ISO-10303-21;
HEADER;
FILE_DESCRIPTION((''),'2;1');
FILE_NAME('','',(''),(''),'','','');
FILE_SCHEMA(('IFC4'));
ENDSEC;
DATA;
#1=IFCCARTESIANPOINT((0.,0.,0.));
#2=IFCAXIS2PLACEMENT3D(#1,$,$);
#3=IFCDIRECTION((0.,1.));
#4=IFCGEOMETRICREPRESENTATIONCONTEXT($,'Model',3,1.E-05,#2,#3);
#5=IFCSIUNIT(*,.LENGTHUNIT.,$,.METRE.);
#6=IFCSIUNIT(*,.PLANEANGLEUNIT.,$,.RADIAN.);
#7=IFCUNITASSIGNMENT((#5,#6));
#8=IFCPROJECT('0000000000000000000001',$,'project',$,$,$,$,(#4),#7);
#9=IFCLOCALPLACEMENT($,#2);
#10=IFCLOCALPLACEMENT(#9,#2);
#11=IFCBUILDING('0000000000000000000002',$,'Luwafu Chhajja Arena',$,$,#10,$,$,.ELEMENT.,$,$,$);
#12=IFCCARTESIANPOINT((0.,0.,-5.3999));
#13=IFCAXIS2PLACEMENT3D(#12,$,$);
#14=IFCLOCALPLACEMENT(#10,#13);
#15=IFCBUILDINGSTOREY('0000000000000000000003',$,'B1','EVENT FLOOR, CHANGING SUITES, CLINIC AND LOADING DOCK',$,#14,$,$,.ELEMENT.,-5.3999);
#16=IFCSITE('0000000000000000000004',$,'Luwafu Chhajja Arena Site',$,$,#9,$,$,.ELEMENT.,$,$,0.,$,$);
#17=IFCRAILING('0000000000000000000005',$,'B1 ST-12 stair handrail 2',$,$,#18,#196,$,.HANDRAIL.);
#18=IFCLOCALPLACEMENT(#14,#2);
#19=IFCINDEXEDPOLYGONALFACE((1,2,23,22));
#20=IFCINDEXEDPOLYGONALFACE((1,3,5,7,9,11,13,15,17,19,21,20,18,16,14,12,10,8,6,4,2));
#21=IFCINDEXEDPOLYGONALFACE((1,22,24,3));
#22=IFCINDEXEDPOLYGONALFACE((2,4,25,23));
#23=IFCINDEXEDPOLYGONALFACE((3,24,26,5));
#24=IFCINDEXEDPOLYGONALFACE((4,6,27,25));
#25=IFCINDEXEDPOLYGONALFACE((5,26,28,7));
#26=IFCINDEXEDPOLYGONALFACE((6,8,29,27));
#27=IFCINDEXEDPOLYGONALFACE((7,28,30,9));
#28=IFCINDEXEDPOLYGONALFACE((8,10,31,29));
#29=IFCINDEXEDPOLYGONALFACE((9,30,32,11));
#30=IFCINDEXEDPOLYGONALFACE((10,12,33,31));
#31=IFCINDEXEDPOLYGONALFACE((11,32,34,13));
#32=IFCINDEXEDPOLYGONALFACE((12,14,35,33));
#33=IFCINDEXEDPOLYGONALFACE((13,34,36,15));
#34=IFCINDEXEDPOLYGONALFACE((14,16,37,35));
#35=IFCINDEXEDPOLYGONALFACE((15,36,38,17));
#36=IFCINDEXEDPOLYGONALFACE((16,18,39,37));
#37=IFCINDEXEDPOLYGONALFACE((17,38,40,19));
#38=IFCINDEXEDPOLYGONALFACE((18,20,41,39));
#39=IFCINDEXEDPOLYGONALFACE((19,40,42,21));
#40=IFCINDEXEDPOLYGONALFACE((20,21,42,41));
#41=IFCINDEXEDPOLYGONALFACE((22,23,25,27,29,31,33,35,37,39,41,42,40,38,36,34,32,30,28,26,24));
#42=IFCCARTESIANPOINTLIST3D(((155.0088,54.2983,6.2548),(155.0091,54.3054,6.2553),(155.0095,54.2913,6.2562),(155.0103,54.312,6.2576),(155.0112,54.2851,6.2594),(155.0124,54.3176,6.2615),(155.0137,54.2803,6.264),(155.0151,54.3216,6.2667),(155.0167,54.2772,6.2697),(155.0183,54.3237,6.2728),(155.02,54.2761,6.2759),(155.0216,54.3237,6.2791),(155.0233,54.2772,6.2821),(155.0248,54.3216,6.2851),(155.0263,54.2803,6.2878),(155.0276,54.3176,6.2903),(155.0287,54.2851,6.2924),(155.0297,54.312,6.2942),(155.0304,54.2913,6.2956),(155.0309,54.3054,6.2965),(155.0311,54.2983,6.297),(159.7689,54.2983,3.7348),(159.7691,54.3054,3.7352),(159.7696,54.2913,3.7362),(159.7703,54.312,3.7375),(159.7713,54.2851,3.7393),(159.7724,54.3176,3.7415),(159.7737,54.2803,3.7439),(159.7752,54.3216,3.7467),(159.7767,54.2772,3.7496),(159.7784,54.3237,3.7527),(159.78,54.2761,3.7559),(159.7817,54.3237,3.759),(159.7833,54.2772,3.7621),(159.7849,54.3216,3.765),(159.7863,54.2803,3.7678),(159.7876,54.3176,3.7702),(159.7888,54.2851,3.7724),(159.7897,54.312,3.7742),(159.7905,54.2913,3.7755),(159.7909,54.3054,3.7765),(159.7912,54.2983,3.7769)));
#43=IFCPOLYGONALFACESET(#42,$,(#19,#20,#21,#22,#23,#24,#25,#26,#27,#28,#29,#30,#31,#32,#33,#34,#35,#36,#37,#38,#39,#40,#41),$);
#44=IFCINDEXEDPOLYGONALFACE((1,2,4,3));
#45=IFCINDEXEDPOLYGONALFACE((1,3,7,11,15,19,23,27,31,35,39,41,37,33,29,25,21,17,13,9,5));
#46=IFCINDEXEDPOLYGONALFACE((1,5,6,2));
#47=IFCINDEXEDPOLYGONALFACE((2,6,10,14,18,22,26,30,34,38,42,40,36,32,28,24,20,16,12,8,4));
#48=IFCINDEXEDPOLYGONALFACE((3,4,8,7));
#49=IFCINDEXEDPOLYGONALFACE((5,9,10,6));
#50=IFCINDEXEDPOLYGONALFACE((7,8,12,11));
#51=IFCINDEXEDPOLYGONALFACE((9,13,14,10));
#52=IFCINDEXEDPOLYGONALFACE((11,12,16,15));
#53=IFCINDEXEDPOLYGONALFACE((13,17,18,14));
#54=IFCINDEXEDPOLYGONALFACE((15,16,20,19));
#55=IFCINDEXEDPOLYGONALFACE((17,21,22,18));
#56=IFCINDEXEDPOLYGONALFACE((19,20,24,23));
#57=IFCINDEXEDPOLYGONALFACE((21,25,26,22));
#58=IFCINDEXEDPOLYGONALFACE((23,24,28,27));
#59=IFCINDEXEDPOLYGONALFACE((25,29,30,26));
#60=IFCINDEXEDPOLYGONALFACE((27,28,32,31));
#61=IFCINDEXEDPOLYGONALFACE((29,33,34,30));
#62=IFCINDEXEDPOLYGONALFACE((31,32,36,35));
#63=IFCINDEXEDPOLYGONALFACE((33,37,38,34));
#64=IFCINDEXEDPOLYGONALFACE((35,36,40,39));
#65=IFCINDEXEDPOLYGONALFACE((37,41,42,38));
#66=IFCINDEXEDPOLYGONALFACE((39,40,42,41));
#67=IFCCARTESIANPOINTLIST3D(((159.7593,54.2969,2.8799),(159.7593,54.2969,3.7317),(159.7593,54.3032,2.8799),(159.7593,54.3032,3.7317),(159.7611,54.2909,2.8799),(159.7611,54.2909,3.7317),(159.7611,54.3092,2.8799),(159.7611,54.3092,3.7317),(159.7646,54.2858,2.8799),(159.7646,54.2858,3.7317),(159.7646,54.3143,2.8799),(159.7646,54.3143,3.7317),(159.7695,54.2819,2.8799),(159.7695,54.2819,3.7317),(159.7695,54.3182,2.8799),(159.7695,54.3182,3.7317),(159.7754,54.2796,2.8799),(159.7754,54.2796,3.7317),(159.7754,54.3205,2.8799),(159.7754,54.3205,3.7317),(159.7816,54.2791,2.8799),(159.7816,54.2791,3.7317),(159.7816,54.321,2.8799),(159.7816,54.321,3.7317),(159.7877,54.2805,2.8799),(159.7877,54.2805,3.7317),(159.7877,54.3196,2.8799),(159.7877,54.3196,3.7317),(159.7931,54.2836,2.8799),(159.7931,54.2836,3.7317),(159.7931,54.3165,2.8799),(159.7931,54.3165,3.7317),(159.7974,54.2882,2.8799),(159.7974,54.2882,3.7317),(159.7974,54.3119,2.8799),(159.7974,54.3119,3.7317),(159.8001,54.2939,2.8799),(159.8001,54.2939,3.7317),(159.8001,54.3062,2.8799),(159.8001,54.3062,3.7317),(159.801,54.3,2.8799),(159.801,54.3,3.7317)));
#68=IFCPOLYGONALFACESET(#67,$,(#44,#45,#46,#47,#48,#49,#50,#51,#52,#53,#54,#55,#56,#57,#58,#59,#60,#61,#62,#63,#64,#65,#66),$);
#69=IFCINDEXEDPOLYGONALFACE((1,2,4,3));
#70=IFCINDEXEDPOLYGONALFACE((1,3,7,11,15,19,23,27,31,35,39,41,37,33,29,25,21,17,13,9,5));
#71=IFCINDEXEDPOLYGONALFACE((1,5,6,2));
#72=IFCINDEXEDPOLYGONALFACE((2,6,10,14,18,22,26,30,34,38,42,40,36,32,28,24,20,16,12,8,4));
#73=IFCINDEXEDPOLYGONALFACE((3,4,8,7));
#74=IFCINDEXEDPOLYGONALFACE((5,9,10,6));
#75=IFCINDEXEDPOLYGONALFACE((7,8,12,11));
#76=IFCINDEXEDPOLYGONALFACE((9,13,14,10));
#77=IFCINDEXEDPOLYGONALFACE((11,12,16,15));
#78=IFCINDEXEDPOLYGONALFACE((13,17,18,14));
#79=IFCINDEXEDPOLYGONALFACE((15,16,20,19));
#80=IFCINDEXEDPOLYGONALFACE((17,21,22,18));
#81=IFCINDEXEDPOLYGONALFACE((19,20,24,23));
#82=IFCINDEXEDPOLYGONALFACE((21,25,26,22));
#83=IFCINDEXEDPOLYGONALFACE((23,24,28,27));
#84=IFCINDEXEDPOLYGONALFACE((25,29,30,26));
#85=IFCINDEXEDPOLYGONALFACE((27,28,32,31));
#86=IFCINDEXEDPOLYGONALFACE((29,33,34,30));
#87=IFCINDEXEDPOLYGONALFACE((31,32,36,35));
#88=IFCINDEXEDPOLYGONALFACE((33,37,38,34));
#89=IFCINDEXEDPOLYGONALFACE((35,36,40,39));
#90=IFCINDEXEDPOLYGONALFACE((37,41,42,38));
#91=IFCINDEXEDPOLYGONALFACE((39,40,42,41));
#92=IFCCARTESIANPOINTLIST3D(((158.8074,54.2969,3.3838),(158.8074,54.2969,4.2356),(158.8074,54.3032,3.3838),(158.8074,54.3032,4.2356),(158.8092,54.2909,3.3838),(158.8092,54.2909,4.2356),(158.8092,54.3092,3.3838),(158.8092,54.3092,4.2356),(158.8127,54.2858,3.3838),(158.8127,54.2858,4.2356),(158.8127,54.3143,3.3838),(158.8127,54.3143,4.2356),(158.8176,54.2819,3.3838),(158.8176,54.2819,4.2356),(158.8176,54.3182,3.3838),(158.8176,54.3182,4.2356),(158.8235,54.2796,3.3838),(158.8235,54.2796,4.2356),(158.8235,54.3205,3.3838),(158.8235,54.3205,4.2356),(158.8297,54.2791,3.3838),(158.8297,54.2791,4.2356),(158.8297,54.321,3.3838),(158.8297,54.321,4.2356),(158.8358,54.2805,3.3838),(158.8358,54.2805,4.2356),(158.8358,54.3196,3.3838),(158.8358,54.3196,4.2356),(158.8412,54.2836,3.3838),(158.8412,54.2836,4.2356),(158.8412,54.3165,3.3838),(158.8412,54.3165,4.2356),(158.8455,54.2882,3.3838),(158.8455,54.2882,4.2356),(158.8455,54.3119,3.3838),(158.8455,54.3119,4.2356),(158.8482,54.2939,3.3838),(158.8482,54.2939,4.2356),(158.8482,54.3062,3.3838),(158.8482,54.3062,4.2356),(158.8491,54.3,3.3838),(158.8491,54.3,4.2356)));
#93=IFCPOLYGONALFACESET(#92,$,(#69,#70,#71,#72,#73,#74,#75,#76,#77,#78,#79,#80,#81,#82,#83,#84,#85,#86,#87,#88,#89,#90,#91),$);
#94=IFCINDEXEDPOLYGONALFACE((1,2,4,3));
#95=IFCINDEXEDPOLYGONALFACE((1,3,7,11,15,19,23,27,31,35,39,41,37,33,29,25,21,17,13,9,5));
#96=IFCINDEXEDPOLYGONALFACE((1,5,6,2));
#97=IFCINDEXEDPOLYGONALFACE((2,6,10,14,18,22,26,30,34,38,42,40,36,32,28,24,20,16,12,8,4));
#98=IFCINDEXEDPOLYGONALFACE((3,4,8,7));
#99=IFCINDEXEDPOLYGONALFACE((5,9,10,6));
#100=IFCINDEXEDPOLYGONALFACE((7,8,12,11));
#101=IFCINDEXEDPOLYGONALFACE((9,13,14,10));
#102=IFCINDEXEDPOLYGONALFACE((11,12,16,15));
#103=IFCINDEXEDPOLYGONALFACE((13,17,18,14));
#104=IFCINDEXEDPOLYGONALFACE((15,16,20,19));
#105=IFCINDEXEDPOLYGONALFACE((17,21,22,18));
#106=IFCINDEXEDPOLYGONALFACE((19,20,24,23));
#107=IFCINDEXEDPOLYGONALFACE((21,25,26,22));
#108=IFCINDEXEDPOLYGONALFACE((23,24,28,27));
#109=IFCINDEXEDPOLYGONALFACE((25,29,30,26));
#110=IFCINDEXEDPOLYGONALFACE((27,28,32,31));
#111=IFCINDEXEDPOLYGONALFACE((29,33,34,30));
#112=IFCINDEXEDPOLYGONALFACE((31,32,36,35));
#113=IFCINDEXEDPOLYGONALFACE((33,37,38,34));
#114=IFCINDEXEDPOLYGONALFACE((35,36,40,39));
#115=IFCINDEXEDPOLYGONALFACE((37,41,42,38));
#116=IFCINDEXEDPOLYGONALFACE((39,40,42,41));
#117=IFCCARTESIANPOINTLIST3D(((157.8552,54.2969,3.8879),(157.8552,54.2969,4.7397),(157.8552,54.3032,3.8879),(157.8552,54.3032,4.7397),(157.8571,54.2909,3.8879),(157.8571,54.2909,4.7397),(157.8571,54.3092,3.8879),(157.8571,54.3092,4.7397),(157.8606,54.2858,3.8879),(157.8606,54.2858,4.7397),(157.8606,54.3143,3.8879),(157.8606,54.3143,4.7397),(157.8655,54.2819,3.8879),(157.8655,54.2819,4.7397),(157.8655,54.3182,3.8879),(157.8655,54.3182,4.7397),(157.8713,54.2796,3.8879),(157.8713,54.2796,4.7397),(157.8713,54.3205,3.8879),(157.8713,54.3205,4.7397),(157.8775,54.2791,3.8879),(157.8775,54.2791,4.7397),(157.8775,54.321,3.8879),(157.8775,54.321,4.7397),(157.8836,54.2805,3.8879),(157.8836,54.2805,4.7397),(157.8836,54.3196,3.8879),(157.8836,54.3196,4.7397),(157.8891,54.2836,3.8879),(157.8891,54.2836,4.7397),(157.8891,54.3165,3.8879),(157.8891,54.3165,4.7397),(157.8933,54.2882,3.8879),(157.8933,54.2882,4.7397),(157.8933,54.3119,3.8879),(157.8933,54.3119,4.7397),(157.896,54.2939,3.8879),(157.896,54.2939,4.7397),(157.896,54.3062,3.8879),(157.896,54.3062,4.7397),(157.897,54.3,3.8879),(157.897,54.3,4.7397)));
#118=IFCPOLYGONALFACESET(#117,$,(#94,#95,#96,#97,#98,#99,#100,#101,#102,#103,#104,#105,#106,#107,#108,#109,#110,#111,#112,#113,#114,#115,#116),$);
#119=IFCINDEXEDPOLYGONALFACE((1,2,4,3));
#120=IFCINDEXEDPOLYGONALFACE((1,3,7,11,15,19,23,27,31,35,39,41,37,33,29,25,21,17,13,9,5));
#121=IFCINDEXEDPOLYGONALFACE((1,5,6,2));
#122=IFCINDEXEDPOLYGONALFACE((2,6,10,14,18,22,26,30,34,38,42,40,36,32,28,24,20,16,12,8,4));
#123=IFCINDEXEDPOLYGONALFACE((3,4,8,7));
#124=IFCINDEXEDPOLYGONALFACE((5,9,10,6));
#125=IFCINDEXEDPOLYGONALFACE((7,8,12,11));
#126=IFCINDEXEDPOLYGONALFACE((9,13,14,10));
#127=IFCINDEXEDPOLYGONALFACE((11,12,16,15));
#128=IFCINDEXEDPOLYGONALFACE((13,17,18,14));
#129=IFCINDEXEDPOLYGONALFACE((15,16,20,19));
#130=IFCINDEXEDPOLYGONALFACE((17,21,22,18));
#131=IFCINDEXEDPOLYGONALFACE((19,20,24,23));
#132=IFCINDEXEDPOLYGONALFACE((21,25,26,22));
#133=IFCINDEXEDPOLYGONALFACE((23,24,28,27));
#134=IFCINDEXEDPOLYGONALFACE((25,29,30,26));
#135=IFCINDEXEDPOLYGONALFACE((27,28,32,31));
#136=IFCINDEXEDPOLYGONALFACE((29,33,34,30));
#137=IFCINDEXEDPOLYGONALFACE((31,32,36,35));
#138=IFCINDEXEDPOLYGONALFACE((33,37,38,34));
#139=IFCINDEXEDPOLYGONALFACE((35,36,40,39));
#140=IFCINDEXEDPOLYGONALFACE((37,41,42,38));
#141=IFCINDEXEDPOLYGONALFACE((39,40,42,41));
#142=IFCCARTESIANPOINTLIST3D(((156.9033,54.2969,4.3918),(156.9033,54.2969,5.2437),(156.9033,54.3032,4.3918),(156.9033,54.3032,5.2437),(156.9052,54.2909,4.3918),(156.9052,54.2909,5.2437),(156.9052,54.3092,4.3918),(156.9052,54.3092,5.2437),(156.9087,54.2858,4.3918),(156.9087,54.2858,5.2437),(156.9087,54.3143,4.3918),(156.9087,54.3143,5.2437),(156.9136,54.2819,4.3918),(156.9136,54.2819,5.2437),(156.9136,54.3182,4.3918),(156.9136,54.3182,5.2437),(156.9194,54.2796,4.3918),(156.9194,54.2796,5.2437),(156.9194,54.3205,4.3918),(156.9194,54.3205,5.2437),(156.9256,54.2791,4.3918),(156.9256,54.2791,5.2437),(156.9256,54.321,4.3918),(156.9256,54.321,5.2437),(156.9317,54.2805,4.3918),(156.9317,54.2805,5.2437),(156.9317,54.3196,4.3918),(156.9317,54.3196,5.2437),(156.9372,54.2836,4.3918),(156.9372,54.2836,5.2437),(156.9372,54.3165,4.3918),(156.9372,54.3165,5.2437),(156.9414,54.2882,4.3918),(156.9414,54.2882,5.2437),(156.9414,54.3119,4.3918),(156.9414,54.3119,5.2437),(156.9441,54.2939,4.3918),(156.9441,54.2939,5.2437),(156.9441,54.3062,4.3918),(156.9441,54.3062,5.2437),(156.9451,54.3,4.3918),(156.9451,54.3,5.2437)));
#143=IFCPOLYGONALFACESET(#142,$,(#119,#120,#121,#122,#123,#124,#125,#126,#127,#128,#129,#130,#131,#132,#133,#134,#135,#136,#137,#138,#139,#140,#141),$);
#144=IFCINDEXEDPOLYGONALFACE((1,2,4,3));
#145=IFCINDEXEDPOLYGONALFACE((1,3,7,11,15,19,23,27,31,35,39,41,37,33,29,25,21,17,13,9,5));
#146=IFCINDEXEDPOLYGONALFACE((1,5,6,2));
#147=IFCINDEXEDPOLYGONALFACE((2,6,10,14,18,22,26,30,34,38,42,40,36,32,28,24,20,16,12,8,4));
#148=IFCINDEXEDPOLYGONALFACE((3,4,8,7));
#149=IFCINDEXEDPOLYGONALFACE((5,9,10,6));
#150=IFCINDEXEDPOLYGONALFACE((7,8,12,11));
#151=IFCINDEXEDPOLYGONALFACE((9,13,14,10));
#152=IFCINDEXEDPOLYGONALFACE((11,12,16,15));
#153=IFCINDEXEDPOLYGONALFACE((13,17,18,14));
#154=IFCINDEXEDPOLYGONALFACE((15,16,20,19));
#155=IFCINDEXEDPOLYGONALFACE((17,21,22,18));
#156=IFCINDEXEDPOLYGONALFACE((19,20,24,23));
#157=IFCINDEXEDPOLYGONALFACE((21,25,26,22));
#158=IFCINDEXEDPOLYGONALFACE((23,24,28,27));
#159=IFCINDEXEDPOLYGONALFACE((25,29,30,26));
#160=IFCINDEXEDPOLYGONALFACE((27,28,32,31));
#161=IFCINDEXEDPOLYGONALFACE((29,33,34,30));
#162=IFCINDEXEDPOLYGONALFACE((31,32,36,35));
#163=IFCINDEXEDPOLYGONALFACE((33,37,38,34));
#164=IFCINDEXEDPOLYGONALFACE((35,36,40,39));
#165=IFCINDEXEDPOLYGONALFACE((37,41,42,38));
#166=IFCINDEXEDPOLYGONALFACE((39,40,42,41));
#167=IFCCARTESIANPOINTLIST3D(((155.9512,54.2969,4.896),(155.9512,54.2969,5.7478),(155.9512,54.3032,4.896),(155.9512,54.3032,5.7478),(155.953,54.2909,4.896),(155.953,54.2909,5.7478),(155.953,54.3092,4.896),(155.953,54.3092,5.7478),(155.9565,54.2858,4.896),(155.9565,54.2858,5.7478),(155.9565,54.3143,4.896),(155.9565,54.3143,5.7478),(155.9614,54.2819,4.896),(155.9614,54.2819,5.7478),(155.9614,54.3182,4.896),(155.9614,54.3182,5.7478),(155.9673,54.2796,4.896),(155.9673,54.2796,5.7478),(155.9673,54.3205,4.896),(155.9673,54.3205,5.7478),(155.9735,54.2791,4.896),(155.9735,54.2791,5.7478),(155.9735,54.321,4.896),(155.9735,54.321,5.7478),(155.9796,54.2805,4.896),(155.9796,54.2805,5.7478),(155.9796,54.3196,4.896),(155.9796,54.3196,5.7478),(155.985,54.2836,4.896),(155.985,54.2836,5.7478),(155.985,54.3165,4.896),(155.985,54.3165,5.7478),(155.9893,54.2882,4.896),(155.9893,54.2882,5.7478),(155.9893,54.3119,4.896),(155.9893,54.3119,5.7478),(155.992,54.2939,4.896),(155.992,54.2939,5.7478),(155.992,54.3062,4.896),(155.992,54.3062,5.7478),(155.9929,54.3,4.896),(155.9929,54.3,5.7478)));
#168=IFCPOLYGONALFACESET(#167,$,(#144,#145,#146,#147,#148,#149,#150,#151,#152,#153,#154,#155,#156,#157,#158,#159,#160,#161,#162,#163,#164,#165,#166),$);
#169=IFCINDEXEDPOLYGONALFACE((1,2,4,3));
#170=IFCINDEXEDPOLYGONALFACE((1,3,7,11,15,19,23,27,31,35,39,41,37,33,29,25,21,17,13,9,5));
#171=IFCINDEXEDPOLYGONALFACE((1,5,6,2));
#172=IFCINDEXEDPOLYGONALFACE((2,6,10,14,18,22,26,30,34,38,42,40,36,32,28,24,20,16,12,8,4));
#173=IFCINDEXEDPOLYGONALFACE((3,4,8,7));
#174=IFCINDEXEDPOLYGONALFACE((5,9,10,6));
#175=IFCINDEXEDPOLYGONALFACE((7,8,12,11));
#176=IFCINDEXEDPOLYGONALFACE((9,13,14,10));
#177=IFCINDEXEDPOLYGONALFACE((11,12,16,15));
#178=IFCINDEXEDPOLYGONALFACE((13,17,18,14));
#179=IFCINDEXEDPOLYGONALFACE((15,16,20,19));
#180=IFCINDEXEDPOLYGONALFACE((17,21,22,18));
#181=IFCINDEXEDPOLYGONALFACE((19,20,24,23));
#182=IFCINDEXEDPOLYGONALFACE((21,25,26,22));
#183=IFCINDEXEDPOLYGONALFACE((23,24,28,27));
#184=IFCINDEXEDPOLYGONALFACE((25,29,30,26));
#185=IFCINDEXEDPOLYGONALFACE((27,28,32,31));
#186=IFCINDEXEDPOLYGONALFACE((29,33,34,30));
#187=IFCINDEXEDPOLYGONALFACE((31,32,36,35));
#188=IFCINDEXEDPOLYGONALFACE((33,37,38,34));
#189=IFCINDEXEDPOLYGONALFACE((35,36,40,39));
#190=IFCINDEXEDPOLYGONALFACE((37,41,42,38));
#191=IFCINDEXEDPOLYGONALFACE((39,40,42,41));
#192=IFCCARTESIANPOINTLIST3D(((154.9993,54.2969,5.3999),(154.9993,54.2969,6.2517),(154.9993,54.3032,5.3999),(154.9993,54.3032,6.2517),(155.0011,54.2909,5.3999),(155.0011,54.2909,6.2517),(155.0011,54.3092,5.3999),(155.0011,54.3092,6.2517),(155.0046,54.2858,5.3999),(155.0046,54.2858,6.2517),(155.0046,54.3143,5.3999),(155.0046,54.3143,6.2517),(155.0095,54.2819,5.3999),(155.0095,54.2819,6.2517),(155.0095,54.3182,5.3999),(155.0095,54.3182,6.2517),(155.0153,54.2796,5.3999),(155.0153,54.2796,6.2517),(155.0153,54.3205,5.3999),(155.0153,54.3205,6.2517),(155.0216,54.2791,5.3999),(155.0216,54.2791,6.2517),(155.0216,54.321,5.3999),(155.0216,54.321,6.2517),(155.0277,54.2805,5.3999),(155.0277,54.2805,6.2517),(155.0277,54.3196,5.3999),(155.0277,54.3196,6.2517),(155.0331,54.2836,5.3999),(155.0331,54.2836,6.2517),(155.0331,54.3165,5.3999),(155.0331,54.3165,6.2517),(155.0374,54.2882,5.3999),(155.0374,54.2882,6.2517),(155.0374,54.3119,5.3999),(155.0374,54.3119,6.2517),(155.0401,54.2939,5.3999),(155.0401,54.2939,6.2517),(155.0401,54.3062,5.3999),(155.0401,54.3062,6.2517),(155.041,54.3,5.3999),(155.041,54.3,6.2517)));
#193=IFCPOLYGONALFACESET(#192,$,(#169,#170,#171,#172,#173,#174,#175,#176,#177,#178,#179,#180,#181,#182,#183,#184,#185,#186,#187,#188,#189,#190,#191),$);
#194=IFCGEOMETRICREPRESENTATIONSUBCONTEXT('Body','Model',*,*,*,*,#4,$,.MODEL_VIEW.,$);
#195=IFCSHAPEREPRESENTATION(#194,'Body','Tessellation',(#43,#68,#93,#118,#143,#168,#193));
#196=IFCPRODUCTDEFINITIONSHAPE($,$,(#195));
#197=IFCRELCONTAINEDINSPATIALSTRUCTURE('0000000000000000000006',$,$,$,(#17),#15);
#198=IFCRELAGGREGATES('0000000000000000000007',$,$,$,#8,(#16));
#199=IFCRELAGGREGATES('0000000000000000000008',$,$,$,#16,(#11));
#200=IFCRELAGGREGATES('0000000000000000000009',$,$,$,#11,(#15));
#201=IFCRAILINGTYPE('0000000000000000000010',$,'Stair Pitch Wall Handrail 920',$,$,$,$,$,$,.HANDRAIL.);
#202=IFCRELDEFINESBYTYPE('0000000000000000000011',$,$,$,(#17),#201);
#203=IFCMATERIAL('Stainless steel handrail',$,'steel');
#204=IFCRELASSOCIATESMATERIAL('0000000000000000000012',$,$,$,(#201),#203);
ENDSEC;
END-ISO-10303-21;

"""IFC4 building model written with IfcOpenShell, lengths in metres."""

from ifc_helpers import new_model, si_unit, direction, frame, origin, origin_2d, place, context, subcontext, project, spatial, circle, extrude, material, type_object, element, save


model = new_model("IFC4")

# Units and contexts
model_context = context("Model", 3, precision=1e-05, world=origin(), true_north=direction((0.0, 1.0)))
body_context = subcontext(model_context, "Body", "Model", "MODEL_VIEW")
ifc_project = project(units=[si_unit("LENGTHUNIT", "METRE"), si_unit("PLANEANGLEUNIT", "RADIAN")], contexts=[model_context])

# Site, building, storey
site_placement = place(None, origin())
site = spatial("IfcSite", under=ifc_project, at=site_placement, Name="Luwafu Chhajja Arena Site", CompositionType="ELEMENT", RefElevation=0.0)
building_placement = place(site_placement, origin())
building = spatial("IfcBuilding", under=site, at=building_placement, Name="Luwafu Chhajja Arena", CompositionType="ELEMENT")
storey_placement = place(building_placement, frame((0.0, 0.0, -5.3999)))
storey = spatial("IfcBuildingStorey", under=building, at=storey_placement, Name="B1", Description="EVENT FLOOR, CHANGING SUITES, CLINIC AND LOADING DOCK", CompositionType="ELEMENT", Elevation=-5.3999)

# Railing
ifc_material_1 = material(Name="Stainless steel handrail", Category="steel")
railing_type_1 = type_object("IfcRailingType", Name="Stair Pitch Wall Handrail 920", PredefinedType="HANDRAIL", material=ifc_material_1)
railing_1_placement = place(storey_placement, frame((159.78, 54.3, 2.8799)))
element("IfcRailing", 1, at=railing_1_placement, inside=storey, type_object=railing_type_1, Name="B1 ST-12 stair handrail 2", PredefinedType="HANDRAIL", context=body_context, shape_type="SweptSolid", body=[
    extrude(circle(Radius=0.0239, at=origin_2d()), frame((0.0, 0.0, 0.876), z_axis=(-0.883787, 0.0, 0.46789), x_axis=(0.0, -1.0, 0.0)), (0.0, 0.0, 1.0), 5.386),
    extrude(circle(Radius=0.021, at=origin_2d()), origin(), (0.0, 0.0, 1.0), 0.8518),
    extrude(circle(Radius=0.021, at=origin_2d()), frame((-0.9519, 0.0, 0.5039)), (0.0, 0.0, 1.0), 0.8518),
    extrude(circle(Radius=0.021, at=origin_2d()), frame((-1.9041, 0.0, 1.0081)), (0.0, 0.0, 1.0), 0.8518),
    extrude(circle(Radius=0.021, at=origin_2d()), frame((-2.856, 0.0, 1.512)), (0.0, 0.0, 1.0), 0.8518),
    extrude(circle(Radius=0.021, at=origin_2d()), frame((-3.8081, 0.0, 2.0161)), (0.0, 0.0, 1.0), 0.8518),
    extrude(circle(Radius=0.021, at=origin_2d()), frame((-4.76, 0.0, 2.52)), (0.0, 0.0, 1.0), 0.8518),
])

save(model, "model.ifc")
